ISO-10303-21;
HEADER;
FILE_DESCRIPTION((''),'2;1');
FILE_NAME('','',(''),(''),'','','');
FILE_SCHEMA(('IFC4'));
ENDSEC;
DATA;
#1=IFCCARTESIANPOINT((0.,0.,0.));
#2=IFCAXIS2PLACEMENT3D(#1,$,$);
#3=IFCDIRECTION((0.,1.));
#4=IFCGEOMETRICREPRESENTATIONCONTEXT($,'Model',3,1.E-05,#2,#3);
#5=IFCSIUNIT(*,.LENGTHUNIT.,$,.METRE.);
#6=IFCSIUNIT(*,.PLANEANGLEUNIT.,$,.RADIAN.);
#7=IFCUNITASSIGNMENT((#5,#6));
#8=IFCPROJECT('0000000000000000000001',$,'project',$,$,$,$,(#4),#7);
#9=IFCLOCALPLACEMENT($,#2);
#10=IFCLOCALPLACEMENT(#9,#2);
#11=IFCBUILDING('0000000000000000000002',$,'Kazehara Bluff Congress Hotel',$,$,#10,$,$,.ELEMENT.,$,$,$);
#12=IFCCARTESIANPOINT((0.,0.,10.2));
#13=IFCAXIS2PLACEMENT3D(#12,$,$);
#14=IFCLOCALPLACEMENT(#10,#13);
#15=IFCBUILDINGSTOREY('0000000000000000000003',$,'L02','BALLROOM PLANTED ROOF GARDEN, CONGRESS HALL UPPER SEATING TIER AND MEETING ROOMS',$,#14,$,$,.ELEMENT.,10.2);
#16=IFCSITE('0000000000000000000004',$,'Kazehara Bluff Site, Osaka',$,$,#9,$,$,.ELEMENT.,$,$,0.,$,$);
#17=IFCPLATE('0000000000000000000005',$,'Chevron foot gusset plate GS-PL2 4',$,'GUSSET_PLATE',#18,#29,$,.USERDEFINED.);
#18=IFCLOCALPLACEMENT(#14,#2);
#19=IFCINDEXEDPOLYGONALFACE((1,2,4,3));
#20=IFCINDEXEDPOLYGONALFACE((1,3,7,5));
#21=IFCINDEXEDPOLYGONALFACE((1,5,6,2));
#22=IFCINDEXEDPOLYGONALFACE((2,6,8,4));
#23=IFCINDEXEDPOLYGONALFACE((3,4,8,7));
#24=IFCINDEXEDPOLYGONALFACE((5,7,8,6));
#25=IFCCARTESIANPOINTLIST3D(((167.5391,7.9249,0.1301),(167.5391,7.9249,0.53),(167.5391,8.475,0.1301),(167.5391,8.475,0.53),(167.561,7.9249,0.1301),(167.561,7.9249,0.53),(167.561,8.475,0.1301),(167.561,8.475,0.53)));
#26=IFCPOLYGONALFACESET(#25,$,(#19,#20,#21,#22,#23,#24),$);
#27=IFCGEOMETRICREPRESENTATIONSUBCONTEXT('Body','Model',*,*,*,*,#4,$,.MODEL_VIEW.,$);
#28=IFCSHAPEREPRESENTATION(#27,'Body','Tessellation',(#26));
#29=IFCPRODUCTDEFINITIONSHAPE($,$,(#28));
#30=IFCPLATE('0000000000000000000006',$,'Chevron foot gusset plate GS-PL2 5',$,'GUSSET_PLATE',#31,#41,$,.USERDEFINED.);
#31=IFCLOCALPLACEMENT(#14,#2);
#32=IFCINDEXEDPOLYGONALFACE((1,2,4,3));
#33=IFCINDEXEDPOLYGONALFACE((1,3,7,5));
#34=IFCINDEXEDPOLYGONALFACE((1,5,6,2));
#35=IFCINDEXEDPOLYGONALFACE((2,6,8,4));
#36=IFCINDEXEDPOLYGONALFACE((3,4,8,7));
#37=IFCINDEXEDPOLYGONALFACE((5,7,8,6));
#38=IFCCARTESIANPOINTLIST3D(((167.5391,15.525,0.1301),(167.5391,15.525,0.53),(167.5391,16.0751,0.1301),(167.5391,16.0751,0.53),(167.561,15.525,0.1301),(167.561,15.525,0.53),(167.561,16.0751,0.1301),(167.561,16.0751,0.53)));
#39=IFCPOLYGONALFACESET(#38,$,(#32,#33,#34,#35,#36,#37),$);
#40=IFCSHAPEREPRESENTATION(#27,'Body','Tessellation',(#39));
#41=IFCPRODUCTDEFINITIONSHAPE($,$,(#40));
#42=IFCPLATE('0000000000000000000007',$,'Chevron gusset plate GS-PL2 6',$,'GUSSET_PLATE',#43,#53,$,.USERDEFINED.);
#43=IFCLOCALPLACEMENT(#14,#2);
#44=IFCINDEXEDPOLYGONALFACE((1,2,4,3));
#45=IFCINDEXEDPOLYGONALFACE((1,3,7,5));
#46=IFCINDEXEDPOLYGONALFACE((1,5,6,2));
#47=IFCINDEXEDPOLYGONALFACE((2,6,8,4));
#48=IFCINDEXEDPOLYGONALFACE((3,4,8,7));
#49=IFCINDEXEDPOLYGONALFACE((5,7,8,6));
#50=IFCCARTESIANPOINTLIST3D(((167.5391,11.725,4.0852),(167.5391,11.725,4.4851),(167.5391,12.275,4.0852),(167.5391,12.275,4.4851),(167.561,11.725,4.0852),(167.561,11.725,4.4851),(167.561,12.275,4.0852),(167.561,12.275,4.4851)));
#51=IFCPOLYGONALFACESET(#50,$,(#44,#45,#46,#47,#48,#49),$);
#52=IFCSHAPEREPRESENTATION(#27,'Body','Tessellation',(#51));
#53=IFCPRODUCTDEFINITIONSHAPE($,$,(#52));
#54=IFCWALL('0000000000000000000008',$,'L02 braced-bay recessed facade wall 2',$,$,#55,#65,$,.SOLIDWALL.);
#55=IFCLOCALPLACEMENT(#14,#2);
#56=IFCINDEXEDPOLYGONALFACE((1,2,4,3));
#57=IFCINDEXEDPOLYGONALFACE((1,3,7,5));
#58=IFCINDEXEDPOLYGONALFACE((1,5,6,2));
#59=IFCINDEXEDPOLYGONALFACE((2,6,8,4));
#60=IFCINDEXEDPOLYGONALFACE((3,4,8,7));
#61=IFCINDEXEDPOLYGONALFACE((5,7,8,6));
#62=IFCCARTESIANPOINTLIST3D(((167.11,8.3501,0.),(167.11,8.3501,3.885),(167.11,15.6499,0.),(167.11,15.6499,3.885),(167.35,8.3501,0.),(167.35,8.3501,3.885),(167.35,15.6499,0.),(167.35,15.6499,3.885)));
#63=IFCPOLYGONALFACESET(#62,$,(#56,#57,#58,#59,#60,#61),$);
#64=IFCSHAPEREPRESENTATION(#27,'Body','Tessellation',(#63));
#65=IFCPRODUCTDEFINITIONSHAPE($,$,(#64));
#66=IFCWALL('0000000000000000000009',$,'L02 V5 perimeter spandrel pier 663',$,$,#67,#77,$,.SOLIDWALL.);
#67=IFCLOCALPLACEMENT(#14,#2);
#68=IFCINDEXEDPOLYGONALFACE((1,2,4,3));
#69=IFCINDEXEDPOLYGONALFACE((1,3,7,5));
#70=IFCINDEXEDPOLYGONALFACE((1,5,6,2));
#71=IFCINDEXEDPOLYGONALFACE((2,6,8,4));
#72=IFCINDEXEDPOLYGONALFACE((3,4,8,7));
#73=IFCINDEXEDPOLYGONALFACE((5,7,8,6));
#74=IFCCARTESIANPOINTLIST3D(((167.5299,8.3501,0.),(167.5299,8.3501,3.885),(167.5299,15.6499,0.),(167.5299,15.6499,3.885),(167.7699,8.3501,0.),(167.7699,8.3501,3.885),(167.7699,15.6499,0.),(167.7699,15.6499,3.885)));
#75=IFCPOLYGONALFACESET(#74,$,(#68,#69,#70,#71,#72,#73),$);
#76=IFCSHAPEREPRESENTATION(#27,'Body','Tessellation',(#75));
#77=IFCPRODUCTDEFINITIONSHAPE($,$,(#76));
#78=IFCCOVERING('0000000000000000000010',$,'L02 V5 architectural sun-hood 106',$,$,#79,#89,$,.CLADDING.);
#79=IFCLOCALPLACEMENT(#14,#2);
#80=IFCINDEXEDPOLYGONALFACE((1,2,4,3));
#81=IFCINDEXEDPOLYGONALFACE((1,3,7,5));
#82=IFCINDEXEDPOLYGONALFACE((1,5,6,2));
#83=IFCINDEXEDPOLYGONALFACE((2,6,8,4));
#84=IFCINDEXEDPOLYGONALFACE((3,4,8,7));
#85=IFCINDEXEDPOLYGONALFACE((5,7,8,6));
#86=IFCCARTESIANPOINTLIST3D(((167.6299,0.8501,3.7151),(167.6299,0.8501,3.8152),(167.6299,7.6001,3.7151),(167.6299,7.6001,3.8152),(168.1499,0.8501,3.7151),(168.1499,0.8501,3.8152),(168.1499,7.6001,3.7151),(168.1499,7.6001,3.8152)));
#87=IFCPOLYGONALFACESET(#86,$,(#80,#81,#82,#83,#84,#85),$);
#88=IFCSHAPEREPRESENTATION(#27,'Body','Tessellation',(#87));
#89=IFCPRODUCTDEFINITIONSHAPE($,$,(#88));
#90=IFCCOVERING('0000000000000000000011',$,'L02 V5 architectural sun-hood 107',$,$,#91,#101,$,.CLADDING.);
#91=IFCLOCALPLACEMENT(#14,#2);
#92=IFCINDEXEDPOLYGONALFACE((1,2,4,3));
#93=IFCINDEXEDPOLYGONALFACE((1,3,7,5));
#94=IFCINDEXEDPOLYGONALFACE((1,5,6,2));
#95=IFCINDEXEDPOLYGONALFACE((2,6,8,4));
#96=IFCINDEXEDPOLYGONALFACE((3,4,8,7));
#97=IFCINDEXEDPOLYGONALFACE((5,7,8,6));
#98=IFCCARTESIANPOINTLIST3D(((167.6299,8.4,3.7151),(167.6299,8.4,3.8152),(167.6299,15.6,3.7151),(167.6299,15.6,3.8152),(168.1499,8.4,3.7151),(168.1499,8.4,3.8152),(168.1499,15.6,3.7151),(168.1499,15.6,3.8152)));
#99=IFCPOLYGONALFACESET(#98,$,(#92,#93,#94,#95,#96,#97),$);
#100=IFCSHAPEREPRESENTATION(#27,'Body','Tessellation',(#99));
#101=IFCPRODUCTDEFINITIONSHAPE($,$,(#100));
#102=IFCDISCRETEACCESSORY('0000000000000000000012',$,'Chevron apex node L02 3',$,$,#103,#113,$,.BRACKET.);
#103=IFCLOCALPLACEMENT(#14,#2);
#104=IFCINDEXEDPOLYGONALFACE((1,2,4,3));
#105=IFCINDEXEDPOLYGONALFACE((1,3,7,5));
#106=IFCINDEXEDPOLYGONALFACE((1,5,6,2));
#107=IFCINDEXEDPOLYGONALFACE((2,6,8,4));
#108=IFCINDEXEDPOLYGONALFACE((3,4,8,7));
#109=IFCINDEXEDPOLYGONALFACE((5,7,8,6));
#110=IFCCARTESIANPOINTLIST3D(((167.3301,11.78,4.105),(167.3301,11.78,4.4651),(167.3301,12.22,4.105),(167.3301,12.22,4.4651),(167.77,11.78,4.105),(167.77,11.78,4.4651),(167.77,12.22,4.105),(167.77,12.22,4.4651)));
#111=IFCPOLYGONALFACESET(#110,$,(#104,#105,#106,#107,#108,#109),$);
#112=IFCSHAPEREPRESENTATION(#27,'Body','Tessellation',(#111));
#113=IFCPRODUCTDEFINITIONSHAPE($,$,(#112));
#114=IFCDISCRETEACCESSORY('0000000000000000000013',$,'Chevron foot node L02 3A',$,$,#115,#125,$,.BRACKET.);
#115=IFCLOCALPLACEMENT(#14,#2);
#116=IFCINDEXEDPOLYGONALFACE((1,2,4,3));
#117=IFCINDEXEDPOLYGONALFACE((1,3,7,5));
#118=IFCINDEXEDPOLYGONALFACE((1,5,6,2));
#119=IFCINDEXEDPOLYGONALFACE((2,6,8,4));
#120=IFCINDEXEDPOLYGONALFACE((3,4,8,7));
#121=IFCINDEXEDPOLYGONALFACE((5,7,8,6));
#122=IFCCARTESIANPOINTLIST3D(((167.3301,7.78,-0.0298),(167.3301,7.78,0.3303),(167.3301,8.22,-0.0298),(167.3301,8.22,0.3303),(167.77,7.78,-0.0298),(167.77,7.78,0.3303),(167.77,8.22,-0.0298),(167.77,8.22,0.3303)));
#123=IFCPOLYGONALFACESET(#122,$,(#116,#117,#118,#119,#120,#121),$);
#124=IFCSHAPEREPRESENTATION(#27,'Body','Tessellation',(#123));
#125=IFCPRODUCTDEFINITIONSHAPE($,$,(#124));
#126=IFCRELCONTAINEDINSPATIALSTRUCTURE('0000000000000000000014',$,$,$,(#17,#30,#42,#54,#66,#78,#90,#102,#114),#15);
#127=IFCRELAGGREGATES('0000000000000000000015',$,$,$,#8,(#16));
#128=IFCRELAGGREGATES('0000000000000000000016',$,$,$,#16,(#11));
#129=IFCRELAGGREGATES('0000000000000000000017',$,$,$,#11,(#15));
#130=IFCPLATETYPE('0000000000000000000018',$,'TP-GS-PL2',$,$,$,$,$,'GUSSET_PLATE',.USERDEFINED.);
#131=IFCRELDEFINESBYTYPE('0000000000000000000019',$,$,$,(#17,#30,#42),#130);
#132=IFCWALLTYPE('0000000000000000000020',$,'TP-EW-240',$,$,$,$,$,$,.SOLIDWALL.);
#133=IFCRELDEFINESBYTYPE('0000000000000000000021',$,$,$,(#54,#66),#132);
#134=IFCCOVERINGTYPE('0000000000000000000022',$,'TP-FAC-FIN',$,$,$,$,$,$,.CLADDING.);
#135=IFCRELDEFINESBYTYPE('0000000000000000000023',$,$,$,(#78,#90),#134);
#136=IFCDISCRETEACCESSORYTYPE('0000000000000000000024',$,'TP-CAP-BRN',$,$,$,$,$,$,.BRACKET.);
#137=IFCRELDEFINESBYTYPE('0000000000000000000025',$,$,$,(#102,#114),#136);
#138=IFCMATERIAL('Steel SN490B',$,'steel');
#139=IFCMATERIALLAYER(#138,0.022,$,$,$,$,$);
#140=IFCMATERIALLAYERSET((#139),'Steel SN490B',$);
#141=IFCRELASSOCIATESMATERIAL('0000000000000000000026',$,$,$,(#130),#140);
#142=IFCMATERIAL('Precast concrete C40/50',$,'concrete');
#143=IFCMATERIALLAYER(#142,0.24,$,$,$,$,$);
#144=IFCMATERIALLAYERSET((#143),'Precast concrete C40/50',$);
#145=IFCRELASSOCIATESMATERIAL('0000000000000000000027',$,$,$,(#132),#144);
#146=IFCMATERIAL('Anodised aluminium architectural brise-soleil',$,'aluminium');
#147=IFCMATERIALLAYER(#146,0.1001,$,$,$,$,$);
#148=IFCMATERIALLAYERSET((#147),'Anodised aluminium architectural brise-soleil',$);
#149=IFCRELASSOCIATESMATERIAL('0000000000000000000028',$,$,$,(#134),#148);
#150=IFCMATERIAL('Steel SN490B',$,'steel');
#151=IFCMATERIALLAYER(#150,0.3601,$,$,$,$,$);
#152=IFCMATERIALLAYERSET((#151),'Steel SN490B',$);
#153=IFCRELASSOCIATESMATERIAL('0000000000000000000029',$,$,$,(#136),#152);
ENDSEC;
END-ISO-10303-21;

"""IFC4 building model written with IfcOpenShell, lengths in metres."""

from ifc_helpers import new_model, si_unit, direction, frame, frame_2d, origin, origin_2d, place, context, subcontext, project, spatial, rectangle, extrude, material, layer, layer_set, type_object, element, save


model = new_model("IFC4")

# Units and contexts
model_context = context("Model", 3, precision=1e-05, world=origin(), true_north=direction((0.0, 1.0)))
body_context = subcontext(model_context, "Body", "Model", "MODEL_VIEW")
ifc_project = project(units=[si_unit("LENGTHUNIT", "METRE"), si_unit("PLANEANGLEUNIT", "RADIAN")], contexts=[model_context])

# Site, building, storey
site_placement = place(None, origin())
site = spatial("IfcSite", under=ifc_project, at=site_placement, Name="Kazehara Bluff Site, Osaka", CompositionType="ELEMENT", RefElevation=0.0)
building_placement = place(site_placement, origin())
building = spatial("IfcBuilding", under=site, at=building_placement, Name="Kazehara Bluff Congress Hotel", CompositionType="ELEMENT")
storey_placement = place(building_placement, frame((0.0, 0.0, 10.2)))
storey = spatial("IfcBuildingStorey", under=building, at=storey_placement, Name="L02", Description="BALLROOM PLANTED ROOF GARDEN, CONGRESS HALL UPPER SEATING TIER AND MEETING ROOMS", CompositionType="ELEMENT", Elevation=10.2)

# Plates
ifc_material_1 = material(Name="Steel SN490B", Category="steel")
ifc_layer_1 = layer(ifc_material_1, 0.022)
ifc_layer_set_1 = layer_set([ifc_layer_1], Name="Steel SN490B")
plate_type_1 = type_object("IfcPlateType", Name="TP-GS-PL2", ElementType="GUSSET_PLATE", PredefinedType="USERDEFINED", material=ifc_layer_set_1)
for number, where, z_axis, x_axis, name in (
    (1, (167.55, 8.2, 0.1301), (0.0, 0.0, 1.0), (1.0, 0.0, 0.0), "Chevron foot gusset plate GS-PL2 4"),
    (2, (167.55, 15.8, 0.1301), (0.0, 0.0, 1.0), (1.0, 0.0, 0.0), "Chevron foot gusset plate GS-PL2 5"),
    (3, (167.55, 12.0, 4.0852), (0.0, 0.0, 1.0), (1.0, 0.0, 0.0), "Chevron gusset plate GS-PL2 6"),
):
    element("IfcPlate", number, at=place(storey_placement, frame(where, z_axis=z_axis, x_axis=x_axis)), inside=storey, type_object=plate_type_1, Name=name, ObjectType="GUSSET_PLATE", PredefinedType="USERDEFINED", context=body_context, shape_type="SweptSolid", body=[
        extrude(rectangle(XDim=0.022, YDim=0.55, at=origin_2d()), origin(), (0.0, 0.0, 1.0), 0.3999),
    ])

# Walls
ifc_material_2 = material(Name="Precast concrete C40/50", Category="concrete")
ifc_layer_2 = layer(ifc_material_2, 0.24)
ifc_layer_set_2 = layer_set([ifc_layer_2], Name="Precast concrete C40/50")
wall_type = type_object("IfcWallType", Name="TP-EW-240", PredefinedType="SOLIDWALL", material=ifc_layer_set_2)
for number, where, z_axis, x_axis, name in (
    (4, (167.23, 8.3501, 0.0), (0.0, 0.0, 1.0), (0.0, 1.0, 0.0), "L02 braced-bay recessed facade wall 2"),
    (5, (167.6499, 15.6499, 0.0), (0.0, 0.0, 1.0), (0.0, -1.0, 0.0), "L02 V5 perimeter spandrel pier 663"),
):
    element("IfcWall", number, at=place(storey_placement, frame(where, z_axis=z_axis, x_axis=x_axis)), inside=storey, type_object=wall_type, Name=name, PredefinedType="SOLIDWALL", context=body_context, shape_type="SweptSolid", body=[
        extrude(rectangle(XDim=7.2998, YDim=0.24, at=frame_2d((3.6499, 0.0))), origin(), (0.0, 0.0, 1.0), 3.885),
    ])

# Coverings
ifc_material_3 = material(Name="Anodised aluminium architectural brise-soleil", Category="aluminium")
ifc_layer_3 = layer(ifc_material_3, 0.1001)
ifc_layer_set_3 = layer_set([ifc_layer_3], Name="Anodised aluminium architectural brise-soleil")
covering_type = type_object("IfcCoveringType", Name="TP-FAC-FIN", PredefinedType="CLADDING", material=ifc_layer_set_3)
covering_1_placement = place(storey_placement, frame((167.8899, 4.2251, 3.7151), z_axis=(0.0, 0.0, 1.0), x_axis=(1.0, 0.0, 0.0)))
element("IfcCovering", 6, at=covering_1_placement, inside=storey, type_object=covering_type, Name="L02 V5 architectural sun-hood 106", PredefinedType="CLADDING", context=body_context, shape_type="SweptSolid", body=[
    extrude(rectangle(XDim=0.52, YDim=6.75, at=origin_2d()), origin(), (0.0, 0.0, 1.0), 0.1001),
])
covering_2_placement = place(storey_placement, frame((167.8899, 12.0, 3.7151), z_axis=(0.0, 0.0, 1.0), x_axis=(1.0, 0.0, 0.0)))
element("IfcCovering", 7, at=covering_2_placement, inside=storey, type_object=covering_type, Name="L02 V5 architectural sun-hood 107", PredefinedType="CLADDING", context=body_context, shape_type="SweptSolid", body=[
    extrude(rectangle(XDim=0.52, YDim=7.2, at=origin_2d()), origin(), (0.0, 0.0, 1.0), 0.1001),
])

# Discrete accessories
ifc_material_4 = material(Name="Steel SN490B", Category="steel")
ifc_layer_4 = layer(ifc_material_4, 0.3601)
ifc_layer_set_4 = layer_set([ifc_layer_4], Name="Steel SN490B")
discrete_accessory_type = type_object("IfcDiscreteAccessoryType", Name="TP-CAP-BRN", PredefinedType="BRACKET", material=ifc_layer_set_4)
for number, where, z_axis, x_axis, name in (
    (8, (167.55, 12.0, 4.105), (0.0, 0.0, 1.0), (1.0, 0.0, 0.0), "Chevron apex node L02 3"),
    (9, (167.55, 8.0, -0.0298), (0.0, 0.0, 1.0), (1.0, 0.0, 0.0), "Chevron foot node L02 3A"),
):
    element("IfcDiscreteAccessory", number, at=place(storey_placement, frame(where, z_axis=z_axis, x_axis=x_axis)), inside=storey, type_object=discrete_accessory_type, Name=name, PredefinedType="BRACKET", context=body_context, shape_type="SweptSolid", body=[
        extrude(rectangle(XDim=0.4399, YDim=0.4399, at=origin_2d()), origin(), (0.0, 0.0, 1.0), 0.3601),
    ])

save(model, "model.ifc")
